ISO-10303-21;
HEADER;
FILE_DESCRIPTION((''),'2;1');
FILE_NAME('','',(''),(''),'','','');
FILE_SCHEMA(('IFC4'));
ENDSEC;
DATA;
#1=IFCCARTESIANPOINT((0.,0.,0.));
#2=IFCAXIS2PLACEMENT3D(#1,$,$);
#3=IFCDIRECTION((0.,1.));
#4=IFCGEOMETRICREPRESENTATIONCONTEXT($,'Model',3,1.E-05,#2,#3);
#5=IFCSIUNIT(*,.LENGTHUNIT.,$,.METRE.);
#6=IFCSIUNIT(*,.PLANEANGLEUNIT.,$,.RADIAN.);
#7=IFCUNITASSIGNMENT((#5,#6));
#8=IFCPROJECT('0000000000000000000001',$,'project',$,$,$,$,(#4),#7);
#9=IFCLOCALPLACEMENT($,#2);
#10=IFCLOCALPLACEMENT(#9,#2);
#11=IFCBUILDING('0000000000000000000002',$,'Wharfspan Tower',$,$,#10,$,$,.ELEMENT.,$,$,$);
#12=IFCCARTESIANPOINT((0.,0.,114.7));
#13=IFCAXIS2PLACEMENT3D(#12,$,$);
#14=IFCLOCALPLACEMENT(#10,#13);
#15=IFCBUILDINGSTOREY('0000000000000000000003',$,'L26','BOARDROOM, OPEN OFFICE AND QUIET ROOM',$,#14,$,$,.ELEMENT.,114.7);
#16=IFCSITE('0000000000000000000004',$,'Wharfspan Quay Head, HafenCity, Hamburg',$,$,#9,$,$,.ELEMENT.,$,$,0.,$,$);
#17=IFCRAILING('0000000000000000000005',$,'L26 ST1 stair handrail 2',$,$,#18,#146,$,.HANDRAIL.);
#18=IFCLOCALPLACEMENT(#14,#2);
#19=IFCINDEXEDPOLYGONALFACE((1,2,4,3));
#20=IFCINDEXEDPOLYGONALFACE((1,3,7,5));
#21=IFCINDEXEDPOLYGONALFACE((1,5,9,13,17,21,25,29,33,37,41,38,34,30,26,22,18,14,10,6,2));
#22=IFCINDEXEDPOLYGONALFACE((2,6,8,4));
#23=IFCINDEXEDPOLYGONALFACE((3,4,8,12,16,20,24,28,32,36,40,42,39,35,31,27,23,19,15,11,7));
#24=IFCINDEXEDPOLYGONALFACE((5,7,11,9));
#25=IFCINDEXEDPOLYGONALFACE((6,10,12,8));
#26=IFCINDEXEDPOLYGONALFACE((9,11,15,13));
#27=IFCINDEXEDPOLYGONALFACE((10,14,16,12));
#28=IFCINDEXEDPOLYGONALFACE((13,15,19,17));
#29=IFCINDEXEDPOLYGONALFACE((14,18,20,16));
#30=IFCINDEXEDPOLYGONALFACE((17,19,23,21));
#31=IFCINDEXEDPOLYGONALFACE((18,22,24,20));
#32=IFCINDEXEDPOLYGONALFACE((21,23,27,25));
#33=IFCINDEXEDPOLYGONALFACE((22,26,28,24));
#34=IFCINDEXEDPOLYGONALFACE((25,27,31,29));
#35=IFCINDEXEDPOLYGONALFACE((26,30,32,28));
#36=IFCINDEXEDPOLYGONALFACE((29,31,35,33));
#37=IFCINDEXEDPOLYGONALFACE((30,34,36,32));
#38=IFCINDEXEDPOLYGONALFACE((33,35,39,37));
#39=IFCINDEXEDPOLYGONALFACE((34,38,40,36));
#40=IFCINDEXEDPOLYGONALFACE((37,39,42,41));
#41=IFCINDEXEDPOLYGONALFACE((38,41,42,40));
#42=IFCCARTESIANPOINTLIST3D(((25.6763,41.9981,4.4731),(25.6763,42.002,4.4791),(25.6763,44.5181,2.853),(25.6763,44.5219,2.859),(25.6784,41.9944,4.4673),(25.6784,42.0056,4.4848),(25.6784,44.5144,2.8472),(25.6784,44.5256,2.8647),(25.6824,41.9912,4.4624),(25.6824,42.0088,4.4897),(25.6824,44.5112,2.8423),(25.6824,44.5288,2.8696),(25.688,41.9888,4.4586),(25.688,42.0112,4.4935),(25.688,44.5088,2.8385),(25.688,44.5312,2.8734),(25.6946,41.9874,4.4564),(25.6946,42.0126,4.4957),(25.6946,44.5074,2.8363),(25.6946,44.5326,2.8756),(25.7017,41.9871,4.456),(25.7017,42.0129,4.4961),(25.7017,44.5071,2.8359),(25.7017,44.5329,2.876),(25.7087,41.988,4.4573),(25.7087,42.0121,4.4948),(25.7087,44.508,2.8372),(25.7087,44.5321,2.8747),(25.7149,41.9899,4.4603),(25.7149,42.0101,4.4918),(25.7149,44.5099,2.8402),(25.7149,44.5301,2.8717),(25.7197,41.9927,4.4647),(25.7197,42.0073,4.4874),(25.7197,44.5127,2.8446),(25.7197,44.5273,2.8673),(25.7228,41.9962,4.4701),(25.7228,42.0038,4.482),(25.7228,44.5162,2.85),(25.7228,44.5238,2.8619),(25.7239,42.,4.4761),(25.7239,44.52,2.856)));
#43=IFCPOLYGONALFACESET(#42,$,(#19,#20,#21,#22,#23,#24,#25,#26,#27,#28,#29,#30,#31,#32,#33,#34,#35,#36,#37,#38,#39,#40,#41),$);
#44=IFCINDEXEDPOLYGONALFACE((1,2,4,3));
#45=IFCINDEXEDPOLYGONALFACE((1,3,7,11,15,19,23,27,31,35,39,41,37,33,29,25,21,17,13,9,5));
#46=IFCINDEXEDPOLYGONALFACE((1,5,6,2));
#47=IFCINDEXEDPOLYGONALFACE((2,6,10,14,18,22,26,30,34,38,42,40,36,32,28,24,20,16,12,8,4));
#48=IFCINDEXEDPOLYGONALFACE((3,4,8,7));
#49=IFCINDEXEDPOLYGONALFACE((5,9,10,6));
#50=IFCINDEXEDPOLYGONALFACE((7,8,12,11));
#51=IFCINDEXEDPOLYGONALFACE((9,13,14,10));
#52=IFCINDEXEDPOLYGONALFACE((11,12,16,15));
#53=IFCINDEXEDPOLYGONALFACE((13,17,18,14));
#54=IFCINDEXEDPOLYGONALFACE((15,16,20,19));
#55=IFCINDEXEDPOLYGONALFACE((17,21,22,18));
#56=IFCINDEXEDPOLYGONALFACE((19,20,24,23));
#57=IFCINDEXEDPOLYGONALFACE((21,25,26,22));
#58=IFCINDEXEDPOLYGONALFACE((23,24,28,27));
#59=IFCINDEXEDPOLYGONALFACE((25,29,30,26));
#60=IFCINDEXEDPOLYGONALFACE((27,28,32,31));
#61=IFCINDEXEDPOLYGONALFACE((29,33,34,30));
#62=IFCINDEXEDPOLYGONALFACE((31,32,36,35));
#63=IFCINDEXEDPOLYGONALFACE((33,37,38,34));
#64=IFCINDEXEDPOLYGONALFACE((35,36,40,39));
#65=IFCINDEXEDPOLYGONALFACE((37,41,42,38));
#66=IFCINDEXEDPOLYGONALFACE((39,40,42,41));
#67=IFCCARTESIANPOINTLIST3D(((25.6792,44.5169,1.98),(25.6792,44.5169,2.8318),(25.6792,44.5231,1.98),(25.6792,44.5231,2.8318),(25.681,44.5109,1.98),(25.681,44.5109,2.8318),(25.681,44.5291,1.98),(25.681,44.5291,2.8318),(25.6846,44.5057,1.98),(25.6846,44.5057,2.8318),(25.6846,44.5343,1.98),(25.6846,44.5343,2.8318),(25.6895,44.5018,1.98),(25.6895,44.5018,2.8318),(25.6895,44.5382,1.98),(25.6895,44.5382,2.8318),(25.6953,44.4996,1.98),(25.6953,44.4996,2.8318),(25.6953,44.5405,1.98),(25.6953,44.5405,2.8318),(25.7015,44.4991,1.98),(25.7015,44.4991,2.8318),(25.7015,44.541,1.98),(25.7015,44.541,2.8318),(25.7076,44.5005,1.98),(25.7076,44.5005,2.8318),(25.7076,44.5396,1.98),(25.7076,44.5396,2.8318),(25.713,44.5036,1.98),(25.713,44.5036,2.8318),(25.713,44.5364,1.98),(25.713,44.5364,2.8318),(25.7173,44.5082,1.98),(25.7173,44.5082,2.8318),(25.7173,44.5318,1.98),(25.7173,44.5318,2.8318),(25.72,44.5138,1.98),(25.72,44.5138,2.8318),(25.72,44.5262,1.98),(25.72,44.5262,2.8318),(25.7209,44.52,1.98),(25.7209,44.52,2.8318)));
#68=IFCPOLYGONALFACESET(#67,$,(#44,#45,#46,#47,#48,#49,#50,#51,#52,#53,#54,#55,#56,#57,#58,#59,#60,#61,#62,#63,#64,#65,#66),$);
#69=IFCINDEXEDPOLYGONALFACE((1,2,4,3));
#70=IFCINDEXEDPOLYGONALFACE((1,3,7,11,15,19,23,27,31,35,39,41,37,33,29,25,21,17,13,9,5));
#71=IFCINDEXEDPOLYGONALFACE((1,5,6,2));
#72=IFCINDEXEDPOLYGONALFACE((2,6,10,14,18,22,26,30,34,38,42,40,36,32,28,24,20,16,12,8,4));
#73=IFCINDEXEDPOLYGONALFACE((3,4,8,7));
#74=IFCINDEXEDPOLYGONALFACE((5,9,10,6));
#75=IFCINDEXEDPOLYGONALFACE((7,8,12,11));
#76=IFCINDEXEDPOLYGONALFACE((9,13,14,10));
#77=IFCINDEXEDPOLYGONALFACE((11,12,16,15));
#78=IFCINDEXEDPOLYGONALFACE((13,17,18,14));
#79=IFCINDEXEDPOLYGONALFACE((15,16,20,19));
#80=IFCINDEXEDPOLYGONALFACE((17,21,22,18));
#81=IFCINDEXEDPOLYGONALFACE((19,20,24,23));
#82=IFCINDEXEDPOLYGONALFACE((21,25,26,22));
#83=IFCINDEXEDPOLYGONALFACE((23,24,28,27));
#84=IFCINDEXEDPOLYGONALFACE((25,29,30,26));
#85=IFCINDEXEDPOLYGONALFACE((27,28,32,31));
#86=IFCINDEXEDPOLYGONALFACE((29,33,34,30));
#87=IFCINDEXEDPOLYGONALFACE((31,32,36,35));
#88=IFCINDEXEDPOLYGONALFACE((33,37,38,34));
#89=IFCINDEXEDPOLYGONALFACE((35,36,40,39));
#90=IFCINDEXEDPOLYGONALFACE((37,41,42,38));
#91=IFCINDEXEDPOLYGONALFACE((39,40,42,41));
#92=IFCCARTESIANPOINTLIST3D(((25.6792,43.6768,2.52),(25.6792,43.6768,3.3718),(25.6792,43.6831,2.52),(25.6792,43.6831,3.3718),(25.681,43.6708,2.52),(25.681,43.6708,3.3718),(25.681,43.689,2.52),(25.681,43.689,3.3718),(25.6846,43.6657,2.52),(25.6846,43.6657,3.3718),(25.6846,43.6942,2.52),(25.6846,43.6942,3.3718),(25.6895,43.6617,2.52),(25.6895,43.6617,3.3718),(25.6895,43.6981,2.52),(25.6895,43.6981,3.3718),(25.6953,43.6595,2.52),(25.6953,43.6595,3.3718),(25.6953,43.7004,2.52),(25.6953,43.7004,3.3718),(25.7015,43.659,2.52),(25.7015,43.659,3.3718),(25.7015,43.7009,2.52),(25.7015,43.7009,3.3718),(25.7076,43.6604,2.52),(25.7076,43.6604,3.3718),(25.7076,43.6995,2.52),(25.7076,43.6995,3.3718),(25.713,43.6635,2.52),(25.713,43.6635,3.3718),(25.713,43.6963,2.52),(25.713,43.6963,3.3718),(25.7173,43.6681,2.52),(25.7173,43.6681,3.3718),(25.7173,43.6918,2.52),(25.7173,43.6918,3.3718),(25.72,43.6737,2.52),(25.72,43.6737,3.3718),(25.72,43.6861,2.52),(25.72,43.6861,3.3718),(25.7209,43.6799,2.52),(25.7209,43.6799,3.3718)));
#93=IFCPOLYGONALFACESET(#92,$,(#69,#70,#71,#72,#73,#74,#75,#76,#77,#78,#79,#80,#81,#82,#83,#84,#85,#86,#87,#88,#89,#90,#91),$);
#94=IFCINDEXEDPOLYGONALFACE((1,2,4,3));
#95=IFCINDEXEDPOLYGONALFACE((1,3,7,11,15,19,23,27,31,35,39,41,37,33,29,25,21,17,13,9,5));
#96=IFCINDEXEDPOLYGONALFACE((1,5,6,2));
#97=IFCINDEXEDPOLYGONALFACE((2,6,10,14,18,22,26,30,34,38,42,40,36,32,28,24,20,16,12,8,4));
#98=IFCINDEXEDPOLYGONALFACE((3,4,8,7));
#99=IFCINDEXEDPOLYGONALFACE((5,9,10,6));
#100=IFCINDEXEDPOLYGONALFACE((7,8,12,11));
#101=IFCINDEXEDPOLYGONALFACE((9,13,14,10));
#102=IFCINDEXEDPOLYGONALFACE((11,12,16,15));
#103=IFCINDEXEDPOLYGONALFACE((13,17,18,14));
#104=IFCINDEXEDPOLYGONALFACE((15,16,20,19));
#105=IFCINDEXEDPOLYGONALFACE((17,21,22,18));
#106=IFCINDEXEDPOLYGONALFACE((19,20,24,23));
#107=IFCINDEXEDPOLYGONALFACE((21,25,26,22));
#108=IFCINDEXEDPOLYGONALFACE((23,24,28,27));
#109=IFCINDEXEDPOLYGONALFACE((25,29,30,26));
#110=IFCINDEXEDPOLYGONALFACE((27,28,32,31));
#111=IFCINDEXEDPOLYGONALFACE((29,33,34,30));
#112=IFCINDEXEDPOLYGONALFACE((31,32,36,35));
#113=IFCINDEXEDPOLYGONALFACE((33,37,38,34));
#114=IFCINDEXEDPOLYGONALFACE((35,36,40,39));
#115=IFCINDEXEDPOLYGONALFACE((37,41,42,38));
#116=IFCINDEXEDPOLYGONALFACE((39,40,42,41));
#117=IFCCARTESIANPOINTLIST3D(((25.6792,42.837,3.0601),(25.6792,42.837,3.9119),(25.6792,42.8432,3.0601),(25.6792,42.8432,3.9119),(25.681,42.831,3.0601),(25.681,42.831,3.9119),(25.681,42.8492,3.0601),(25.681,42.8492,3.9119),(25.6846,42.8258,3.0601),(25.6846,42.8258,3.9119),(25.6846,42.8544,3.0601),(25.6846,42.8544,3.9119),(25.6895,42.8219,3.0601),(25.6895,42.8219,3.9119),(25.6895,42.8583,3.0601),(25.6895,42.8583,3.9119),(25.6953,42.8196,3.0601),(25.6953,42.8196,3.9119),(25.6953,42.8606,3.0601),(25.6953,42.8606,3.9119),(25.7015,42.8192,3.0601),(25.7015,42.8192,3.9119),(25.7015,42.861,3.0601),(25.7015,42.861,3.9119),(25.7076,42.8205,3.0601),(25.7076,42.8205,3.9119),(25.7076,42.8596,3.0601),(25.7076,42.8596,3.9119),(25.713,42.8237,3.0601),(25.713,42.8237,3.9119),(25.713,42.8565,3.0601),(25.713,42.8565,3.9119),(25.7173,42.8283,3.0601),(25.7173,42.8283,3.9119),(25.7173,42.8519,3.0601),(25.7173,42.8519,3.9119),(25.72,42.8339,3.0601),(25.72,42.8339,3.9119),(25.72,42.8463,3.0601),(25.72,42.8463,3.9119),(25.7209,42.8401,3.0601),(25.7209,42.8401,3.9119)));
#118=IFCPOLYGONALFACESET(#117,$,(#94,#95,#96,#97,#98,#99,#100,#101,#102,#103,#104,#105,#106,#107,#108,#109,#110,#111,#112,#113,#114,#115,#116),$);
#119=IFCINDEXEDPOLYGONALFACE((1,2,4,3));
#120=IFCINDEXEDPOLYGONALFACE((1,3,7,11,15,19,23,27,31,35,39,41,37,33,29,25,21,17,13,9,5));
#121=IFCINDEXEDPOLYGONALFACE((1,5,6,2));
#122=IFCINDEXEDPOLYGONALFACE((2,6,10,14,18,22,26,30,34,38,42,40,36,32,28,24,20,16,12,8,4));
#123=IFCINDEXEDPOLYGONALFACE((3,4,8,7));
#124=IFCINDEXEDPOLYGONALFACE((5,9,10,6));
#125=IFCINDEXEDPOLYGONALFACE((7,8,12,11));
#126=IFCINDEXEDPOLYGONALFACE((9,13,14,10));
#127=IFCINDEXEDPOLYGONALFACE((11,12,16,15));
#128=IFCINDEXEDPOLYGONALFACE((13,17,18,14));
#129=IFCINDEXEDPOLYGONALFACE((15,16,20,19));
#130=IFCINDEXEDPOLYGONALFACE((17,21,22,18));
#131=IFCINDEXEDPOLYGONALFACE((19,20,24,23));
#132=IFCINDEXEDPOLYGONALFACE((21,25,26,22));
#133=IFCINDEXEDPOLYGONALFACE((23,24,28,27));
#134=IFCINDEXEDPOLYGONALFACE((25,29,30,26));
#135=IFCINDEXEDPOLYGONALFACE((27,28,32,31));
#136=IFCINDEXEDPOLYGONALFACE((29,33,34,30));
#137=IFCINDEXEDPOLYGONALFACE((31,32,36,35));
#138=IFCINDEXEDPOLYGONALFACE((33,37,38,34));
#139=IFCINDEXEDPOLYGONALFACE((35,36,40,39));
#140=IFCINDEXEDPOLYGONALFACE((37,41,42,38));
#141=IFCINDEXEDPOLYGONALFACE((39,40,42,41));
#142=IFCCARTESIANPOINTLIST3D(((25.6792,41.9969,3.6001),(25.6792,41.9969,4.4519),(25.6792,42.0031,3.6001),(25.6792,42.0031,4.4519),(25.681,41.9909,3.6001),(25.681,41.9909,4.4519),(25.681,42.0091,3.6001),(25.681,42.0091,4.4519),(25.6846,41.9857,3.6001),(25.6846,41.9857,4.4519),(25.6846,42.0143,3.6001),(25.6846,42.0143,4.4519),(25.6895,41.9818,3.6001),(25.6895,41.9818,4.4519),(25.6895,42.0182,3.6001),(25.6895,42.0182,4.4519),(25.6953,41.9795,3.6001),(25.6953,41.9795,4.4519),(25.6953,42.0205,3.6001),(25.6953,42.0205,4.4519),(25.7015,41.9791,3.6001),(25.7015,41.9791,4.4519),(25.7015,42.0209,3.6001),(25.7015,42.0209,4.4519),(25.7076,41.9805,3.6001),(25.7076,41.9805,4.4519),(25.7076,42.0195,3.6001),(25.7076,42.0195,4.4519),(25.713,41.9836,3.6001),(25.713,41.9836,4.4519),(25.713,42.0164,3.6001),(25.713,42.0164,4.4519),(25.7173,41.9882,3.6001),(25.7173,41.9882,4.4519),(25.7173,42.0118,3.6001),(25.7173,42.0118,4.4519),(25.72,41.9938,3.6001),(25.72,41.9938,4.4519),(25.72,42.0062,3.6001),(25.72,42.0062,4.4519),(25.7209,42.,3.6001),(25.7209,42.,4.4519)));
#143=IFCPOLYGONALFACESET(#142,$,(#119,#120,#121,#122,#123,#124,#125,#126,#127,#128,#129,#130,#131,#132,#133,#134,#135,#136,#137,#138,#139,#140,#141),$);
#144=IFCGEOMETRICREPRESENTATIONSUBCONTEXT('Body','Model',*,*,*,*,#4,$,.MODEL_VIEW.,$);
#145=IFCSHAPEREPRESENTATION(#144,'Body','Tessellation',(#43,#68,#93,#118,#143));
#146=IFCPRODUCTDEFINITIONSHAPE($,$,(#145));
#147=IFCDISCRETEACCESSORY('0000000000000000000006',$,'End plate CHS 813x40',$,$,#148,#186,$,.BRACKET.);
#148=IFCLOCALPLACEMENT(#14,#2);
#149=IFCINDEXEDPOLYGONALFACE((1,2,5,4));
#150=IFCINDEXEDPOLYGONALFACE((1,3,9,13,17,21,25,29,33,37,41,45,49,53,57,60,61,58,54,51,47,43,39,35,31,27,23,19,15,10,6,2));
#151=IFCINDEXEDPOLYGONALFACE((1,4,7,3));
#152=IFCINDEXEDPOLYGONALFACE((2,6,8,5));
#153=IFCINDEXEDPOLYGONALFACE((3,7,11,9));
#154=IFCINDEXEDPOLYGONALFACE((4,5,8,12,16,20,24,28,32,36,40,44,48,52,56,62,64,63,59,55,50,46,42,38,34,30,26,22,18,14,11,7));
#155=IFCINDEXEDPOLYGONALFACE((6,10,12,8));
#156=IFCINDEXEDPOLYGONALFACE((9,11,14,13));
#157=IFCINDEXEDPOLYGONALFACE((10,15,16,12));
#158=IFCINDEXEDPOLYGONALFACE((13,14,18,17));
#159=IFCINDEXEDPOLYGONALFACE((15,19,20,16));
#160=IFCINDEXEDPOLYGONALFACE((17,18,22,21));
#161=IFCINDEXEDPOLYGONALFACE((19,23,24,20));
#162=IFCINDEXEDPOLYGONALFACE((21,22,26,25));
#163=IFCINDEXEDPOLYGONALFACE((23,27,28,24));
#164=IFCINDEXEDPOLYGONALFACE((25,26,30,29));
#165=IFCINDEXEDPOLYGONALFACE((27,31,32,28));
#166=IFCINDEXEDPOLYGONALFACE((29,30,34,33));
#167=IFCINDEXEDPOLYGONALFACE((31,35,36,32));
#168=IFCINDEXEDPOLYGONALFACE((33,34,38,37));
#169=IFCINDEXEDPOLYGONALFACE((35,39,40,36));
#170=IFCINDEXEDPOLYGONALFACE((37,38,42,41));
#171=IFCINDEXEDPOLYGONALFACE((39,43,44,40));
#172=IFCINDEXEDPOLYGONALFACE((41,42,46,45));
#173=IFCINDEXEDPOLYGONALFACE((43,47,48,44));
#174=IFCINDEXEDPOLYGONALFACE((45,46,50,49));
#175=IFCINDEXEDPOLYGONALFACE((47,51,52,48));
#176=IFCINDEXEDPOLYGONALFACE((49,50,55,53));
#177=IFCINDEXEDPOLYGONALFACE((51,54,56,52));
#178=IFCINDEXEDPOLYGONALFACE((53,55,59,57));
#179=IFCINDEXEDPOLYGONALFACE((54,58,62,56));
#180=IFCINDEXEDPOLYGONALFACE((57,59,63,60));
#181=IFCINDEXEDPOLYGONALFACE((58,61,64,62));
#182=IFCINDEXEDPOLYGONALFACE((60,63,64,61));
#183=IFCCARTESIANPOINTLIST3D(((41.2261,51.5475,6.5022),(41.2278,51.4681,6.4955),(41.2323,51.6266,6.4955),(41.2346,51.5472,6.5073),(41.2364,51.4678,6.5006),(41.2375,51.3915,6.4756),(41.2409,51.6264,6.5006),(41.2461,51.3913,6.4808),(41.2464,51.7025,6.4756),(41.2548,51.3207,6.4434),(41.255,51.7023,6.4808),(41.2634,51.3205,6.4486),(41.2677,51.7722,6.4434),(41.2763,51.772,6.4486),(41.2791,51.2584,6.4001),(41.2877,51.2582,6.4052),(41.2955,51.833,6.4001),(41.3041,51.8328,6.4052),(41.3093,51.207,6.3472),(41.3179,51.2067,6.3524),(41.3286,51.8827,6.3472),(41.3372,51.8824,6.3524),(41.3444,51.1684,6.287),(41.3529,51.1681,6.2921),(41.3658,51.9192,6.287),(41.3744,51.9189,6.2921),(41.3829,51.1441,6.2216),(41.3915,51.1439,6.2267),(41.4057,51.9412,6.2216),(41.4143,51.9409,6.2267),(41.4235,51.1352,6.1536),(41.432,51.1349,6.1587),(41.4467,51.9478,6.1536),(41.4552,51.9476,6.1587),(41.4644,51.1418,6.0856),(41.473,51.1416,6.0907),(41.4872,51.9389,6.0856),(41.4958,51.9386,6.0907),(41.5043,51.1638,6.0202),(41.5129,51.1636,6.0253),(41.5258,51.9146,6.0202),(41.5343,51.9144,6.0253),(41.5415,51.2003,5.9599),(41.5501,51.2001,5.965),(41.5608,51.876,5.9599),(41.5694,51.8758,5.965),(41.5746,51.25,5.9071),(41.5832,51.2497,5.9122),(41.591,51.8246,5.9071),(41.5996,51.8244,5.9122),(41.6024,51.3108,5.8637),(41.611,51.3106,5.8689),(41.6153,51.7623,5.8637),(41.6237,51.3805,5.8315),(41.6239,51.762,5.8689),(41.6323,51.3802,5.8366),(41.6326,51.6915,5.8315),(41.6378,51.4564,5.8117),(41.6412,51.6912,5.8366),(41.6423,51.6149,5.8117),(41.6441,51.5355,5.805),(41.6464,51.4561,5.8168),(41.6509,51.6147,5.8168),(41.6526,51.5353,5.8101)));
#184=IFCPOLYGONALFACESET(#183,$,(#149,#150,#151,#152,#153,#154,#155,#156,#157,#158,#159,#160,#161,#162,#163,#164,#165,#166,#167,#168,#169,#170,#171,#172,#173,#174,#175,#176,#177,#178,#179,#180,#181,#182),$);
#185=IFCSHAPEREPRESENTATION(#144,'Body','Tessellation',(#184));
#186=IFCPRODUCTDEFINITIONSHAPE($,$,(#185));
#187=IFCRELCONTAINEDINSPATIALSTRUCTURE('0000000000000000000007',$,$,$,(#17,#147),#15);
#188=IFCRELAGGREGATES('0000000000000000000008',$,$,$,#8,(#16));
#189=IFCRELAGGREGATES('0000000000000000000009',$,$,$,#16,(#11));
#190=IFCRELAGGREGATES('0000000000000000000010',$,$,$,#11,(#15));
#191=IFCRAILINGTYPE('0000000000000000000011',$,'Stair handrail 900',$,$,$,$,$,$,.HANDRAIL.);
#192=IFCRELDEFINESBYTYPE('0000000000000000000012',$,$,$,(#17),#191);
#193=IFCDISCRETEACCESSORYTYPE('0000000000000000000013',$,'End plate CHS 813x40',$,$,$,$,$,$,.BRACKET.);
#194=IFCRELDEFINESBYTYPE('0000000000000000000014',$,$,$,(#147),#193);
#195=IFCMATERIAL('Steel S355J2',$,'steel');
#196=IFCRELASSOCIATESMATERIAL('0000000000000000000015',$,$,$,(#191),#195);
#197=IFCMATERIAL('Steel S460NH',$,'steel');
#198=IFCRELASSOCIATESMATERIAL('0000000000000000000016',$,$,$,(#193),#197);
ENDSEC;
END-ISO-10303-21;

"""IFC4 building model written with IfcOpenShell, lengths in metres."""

from ifc_helpers import new_model, si_unit, direction, frame, origin, origin_2d, place, context, subcontext, project, spatial, circle, extrude, material, material_profile, profile_set, type_object, element, save


model = new_model("IFC4")

# Units and contexts
model_context = context("Model", 3, precision=1e-05, world=origin(), true_north=direction((0.0, 1.0)))
body_context = subcontext(model_context, "Body", "Model", "MODEL_VIEW")
ifc_project = project(units=[si_unit("LENGTHUNIT", "METRE"), si_unit("PLANEANGLEUNIT", "RADIAN")], contexts=[model_context])

# Site, building, storey
site_placement = place(None, origin())
site = spatial("IfcSite", under=ifc_project, at=site_placement, Name="Wharfspan Quay Head, HafenCity, Hamburg", CompositionType="ELEMENT", RefElevation=0.0)
building_placement = place(site_placement, origin())
building = spatial("IfcBuilding", under=site, at=building_placement, Name="Wharfspan Tower", CompositionType="ELEMENT")
storey_placement = place(building_placement, frame((0.0, 0.0, 114.7)))
storey = spatial("IfcBuildingStorey", under=building, at=storey_placement, Name="L26", Description="BOARDROOM, OPEN OFFICE AND QUIET ROOM", CompositionType="ELEMENT", Elevation=114.7)

# Shared definitions
ifc_material_1 = material(Name="Steel S355J2", Category="steel")

# Shared definitions
ifc_material_2 = material(Name="Steel S460NH", Category="steel")

# Railing
railing_type_1 = type_object("IfcRailingType", Name="Stair handrail 900", PredefinedType="HANDRAIL", material=ifc_material_1)
railing_1_placement = place(storey_placement, frame((25.7, 44.52, 1.98)))
element("IfcRailing", 1, at=railing_1_placement, inside=storey, type_object=railing_type_1, Name="L26 ST1 stair handrail 2", PredefinedType="HANDRAIL", context=body_context, shape_type="SweptSolid", body=[
    extrude(circle(Radius=0.0239, at=origin_2d()), frame((0.0, 0.0, 0.876), z_axis=(0.0, -0.841163, 0.540782), x_axis=(1.0, 0.0, 0.0)), (0.0, 0.0, 1.0), 2.9958),
    extrude(circle(Radius=0.021, at=origin_2d()), origin(), (0.0, 0.0, 1.0), 0.8518),
    extrude(circle(Radius=0.021, at=origin_2d()), frame((0.0, -0.8401, 0.54)), (0.0, 0.0, 1.0), 0.8518),
    extrude(circle(Radius=0.021, at=origin_2d()), frame((0.0, -1.6799, 1.0801)), (0.0, 0.0, 1.0), 0.8518),
    extrude(circle(Radius=0.021, at=origin_2d()), frame((0.0, -2.52, 1.6201)), (0.0, 0.0, 1.0), 0.8518),
])

# Discrete accessory
ifc_material_profile_1 = material_profile(ifc_material_2, circle(Radius=0.4065, at=origin_2d()))
ifc_profile_set_1 = profile_set([ifc_material_profile_1], Name="Steel S460NH")
discrete_accessory_type = type_object("IfcDiscreteAccessoryType", Name="End plate CHS 813x40", PredefinedType="BRACKET", material=ifc_profile_set_1)
for number, where, z_axis, x_axis, name in (
    (2, (41.4351, 51.5415, 6.1536), (0.857236, -0.024492, 0.514341), (0.028558, 0.999591, 0.000002), "End plate CHS 813x40"),
):
    element("IfcDiscreteAccessory", number, at=place(storey_placement, frame(where, z_axis=z_axis, x_axis=x_axis)), inside=storey, type_object=discrete_accessory_type, Name=name, PredefinedType="BRACKET", context=body_context, shape_type="SweptSolid", body=[
        extrude(circle(Radius=0.4065, at=origin_2d()), origin(), (0.0, 0.0, 1.0), 0.01),
    ])

save(model, "model.ifc")
